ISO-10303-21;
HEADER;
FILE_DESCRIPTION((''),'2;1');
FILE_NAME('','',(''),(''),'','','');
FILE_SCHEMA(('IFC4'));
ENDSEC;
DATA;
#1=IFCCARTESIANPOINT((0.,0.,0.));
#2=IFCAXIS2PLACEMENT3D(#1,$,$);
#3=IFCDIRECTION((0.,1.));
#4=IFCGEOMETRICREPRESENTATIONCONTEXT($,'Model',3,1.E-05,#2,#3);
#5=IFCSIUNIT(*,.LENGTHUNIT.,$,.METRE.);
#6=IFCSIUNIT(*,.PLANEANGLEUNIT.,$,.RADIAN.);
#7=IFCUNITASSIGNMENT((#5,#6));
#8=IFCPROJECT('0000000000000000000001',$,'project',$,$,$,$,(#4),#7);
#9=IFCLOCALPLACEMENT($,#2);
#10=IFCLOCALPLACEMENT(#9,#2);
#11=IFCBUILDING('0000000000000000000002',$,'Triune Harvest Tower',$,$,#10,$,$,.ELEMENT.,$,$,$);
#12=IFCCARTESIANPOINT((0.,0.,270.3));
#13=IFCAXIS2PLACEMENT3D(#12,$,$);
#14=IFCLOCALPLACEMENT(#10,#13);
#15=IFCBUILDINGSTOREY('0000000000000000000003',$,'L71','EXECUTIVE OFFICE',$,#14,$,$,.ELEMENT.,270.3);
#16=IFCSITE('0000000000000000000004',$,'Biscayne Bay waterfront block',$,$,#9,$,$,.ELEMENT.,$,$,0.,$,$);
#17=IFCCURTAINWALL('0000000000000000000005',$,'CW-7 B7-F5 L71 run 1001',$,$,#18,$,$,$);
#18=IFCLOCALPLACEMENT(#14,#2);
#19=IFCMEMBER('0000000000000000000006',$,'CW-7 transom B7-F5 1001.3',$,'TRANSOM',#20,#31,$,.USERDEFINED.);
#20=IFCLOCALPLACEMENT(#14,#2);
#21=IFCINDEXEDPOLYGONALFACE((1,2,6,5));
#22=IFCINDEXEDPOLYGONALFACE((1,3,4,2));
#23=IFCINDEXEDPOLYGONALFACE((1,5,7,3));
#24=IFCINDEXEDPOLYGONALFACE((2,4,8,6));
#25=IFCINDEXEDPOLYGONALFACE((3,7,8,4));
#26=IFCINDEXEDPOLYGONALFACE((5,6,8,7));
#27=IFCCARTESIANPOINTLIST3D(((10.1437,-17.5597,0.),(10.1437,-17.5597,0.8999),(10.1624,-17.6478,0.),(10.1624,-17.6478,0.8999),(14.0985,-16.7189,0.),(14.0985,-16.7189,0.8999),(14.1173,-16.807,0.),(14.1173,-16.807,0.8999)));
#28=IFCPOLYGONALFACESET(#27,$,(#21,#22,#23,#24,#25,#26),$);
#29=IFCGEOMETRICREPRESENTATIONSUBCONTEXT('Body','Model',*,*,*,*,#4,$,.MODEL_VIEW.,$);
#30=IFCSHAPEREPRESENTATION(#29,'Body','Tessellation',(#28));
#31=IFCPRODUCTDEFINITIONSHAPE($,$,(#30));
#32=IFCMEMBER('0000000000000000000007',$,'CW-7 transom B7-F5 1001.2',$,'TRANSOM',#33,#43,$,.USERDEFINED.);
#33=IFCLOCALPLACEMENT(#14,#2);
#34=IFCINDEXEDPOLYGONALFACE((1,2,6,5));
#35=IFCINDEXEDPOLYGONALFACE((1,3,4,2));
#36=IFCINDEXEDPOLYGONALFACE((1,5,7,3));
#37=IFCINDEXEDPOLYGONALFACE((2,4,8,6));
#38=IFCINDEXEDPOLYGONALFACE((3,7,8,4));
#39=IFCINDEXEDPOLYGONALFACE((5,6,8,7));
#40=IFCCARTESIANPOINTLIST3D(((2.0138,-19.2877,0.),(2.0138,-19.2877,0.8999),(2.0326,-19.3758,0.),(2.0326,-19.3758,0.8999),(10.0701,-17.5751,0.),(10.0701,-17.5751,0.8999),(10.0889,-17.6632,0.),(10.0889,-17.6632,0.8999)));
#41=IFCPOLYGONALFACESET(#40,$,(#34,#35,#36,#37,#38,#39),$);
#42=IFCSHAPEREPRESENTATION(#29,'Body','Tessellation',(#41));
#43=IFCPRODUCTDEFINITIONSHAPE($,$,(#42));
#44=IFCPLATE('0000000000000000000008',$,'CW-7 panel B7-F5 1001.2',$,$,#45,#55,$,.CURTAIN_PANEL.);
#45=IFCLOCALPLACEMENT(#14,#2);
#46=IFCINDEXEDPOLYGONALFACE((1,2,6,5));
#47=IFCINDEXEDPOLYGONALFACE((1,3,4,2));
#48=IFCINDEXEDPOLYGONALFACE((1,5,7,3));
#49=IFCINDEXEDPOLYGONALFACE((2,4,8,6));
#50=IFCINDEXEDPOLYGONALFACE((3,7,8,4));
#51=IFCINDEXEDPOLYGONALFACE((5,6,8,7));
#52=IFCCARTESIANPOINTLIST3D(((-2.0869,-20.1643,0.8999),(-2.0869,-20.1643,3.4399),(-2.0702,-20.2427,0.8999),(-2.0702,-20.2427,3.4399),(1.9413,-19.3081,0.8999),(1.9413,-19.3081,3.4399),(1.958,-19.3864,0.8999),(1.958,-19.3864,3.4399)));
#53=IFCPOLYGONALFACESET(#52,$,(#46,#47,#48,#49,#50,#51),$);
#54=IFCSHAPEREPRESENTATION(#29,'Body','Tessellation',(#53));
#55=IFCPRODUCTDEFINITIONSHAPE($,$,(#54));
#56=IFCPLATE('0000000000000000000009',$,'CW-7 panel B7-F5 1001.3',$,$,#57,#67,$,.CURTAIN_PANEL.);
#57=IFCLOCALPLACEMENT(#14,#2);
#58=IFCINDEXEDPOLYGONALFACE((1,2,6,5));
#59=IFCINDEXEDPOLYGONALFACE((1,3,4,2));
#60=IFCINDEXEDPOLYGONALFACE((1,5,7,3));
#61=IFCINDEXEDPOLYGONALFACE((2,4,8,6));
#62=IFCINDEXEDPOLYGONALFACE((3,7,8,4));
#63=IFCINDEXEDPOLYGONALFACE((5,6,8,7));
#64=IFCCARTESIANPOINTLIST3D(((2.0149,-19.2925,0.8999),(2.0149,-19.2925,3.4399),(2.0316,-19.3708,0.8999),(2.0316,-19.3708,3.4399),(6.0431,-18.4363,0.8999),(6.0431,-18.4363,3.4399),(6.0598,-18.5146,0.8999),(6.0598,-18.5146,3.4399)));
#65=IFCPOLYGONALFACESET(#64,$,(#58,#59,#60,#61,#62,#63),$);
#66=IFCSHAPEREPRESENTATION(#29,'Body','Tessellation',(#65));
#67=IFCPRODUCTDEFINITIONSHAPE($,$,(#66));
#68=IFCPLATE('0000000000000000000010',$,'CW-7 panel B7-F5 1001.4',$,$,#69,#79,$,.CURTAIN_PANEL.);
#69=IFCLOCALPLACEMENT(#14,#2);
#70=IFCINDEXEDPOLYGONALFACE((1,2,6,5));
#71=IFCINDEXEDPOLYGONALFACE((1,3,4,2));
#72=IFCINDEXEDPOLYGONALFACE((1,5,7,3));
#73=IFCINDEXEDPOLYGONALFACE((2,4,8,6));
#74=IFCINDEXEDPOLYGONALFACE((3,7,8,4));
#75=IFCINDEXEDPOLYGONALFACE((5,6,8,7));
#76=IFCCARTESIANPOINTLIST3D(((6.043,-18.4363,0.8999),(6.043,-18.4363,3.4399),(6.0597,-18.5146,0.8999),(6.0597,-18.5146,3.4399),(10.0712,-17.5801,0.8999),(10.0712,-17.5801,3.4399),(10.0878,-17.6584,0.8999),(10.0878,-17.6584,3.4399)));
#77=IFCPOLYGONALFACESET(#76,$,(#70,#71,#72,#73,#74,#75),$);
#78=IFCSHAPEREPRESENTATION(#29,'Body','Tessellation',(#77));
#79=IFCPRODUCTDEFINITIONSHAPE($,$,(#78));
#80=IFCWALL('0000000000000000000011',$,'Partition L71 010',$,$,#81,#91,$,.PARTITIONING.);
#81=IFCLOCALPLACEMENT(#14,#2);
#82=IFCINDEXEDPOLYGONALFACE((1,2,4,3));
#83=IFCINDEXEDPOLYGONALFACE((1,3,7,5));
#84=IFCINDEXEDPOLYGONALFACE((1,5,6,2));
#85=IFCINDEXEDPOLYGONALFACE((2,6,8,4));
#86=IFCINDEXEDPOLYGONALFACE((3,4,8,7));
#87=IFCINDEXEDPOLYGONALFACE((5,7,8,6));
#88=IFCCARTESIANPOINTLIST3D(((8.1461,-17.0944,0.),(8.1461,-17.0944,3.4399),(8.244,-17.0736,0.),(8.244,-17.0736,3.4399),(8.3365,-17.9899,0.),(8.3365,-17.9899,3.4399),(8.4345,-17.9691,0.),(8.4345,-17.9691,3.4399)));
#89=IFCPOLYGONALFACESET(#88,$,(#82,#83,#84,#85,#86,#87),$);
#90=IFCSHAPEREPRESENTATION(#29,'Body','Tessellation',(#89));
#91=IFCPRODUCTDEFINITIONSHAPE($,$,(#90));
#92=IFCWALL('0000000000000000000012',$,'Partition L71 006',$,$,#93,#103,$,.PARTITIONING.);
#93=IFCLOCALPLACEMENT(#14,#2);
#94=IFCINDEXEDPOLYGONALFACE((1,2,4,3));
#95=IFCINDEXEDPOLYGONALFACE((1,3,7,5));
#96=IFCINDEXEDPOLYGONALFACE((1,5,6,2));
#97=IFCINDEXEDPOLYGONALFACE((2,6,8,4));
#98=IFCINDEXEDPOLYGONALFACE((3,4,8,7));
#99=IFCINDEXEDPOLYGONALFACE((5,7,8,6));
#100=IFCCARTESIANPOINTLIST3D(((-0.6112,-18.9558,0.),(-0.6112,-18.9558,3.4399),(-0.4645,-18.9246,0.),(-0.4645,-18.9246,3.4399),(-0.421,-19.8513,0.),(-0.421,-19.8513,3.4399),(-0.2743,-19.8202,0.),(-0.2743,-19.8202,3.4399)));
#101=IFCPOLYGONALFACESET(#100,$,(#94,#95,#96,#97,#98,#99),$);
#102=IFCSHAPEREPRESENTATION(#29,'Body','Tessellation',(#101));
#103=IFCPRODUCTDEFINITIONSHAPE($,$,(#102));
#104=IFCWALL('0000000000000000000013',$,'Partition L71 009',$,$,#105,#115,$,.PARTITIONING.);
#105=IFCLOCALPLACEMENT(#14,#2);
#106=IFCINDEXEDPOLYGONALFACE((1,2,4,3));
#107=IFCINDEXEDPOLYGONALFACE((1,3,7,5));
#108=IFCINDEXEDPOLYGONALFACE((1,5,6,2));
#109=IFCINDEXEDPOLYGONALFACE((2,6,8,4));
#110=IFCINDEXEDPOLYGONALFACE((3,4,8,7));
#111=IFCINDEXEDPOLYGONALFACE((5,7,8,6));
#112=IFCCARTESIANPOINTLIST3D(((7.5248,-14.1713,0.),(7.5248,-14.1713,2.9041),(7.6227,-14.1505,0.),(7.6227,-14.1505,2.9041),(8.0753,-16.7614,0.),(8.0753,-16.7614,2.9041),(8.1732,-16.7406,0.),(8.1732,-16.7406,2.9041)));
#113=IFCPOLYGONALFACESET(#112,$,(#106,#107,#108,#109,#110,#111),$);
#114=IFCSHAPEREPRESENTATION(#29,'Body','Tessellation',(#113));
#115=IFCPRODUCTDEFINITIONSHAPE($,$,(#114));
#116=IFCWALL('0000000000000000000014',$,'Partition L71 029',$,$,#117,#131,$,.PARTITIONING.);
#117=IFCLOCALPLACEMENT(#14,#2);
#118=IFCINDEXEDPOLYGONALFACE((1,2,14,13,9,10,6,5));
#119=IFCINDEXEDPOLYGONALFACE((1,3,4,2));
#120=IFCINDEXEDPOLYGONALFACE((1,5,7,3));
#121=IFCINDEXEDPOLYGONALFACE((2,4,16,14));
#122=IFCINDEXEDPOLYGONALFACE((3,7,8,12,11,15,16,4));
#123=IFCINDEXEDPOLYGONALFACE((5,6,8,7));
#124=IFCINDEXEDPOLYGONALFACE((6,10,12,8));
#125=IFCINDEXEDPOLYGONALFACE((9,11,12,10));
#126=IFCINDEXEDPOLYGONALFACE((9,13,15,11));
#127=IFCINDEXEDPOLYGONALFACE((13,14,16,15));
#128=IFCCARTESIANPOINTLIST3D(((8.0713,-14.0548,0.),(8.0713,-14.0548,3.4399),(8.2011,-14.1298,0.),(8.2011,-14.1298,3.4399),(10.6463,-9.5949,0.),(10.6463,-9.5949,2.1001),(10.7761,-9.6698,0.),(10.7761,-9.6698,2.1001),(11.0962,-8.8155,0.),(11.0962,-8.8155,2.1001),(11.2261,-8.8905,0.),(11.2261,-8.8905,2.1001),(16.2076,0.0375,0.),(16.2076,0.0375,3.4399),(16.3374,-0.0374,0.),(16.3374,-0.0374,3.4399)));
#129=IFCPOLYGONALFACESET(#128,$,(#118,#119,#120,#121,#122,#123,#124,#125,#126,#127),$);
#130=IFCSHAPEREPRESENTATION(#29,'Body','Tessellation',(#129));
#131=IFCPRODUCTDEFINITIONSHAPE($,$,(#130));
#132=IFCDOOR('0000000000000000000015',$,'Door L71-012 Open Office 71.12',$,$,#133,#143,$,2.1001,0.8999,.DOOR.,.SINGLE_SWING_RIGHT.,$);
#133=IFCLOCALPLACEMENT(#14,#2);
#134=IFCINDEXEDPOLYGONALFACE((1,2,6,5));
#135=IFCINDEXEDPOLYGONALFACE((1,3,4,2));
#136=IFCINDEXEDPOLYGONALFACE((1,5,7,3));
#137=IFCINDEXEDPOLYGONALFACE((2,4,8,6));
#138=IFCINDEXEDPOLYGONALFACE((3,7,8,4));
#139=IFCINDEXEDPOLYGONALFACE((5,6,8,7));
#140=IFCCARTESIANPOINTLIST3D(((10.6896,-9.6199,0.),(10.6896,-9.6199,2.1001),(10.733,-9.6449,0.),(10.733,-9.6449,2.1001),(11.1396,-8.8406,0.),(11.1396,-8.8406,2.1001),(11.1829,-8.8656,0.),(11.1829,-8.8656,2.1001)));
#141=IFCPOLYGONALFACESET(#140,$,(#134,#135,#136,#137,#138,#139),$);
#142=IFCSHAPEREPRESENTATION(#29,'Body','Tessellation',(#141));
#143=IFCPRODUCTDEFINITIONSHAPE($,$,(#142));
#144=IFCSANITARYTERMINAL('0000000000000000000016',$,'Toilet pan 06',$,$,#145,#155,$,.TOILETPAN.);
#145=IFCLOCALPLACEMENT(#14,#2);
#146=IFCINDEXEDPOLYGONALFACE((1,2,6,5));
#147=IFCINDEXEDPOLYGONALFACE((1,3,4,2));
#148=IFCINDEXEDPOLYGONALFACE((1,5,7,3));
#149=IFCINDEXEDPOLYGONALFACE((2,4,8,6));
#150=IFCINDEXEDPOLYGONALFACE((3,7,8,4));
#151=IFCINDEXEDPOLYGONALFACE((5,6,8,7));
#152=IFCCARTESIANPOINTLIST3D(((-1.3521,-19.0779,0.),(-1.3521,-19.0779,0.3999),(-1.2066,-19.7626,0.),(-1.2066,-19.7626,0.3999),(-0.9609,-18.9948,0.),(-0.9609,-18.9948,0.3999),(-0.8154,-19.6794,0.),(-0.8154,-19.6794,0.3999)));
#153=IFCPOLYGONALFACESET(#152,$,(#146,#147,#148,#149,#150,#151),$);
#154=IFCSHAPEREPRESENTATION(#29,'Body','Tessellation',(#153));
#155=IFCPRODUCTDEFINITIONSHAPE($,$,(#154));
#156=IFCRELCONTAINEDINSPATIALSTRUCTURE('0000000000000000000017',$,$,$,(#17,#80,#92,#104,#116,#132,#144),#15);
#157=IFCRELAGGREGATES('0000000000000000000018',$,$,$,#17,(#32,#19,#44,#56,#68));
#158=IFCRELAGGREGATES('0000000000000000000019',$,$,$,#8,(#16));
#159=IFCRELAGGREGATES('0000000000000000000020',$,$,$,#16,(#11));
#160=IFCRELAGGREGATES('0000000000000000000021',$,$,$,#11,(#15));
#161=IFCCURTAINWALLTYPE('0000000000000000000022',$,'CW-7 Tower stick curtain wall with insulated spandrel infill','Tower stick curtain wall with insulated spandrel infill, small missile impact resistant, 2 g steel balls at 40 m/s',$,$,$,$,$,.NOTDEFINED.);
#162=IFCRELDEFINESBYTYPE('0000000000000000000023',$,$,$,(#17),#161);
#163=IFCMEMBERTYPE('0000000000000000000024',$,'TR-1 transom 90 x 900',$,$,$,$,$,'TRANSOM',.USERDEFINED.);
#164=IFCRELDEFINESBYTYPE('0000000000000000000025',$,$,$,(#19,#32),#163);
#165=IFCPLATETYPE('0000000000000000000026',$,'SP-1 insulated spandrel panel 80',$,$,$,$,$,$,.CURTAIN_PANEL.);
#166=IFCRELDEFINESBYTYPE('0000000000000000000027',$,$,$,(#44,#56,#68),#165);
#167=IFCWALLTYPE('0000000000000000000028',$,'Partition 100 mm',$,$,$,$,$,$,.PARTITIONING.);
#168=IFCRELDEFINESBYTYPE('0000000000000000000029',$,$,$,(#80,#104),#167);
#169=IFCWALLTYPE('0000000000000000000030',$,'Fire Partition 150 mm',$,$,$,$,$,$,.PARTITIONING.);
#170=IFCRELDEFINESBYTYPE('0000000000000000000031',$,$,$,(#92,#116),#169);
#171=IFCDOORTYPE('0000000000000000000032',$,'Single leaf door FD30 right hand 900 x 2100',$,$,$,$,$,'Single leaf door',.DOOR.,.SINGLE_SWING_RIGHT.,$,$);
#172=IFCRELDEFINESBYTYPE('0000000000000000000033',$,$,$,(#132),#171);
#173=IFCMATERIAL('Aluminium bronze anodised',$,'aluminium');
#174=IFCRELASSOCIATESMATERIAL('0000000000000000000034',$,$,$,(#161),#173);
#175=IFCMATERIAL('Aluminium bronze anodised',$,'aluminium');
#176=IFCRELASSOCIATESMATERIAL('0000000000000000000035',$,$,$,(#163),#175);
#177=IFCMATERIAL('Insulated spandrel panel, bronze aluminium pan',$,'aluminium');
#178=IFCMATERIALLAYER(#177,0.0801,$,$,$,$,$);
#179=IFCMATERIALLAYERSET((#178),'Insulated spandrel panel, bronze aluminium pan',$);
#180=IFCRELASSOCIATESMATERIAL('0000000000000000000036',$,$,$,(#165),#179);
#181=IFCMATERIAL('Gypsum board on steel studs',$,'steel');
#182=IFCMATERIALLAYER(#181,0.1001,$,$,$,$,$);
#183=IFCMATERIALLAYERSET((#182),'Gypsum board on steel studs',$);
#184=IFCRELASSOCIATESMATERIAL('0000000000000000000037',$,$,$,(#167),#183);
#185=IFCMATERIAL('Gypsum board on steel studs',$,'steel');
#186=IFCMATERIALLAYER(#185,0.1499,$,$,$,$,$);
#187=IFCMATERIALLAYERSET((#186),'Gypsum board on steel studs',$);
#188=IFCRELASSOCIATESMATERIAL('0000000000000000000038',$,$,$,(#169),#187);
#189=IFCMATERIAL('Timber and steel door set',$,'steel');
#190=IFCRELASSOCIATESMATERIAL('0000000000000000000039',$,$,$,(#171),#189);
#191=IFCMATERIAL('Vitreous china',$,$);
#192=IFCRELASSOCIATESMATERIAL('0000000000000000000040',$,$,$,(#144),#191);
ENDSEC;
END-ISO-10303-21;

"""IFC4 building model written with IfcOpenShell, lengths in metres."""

from ifc_helpers import new_model, si_unit, direction, frame, frame_2d, origin, origin_2d, place, context, subcontext, project, spatial, rectangle, extrude, source, transform, mapped, material, layer, layer_set, material_profile, profile_set, type_object, element, fill, aggregate, save


model = new_model("IFC4")

# Units and contexts
model_context = context("Model", 3, precision=1e-05, world=origin(), true_north=direction((0.0, 1.0)))
body_context = subcontext(model_context, "Body", "Model", "MODEL_VIEW")
ifc_project = project(units=[si_unit("LENGTHUNIT", "METRE"), si_unit("PLANEANGLEUNIT", "RADIAN")], contexts=[model_context])

# Site, building, storey
site_placement = place(None, origin())
site = spatial("IfcSite", under=ifc_project, at=site_placement, Name="Biscayne Bay waterfront block", CompositionType="ELEMENT", RefElevation=0.0)
building_placement = place(site_placement, origin())
building = spatial("IfcBuilding", under=site, at=building_placement, Name="Triune Harvest Tower", CompositionType="ELEMENT")
storey_placement = place(building_placement, frame((0.0, 0.0, 270.3)))
storey = spatial("IfcBuildingStorey", under=building, at=storey_placement, Name="L71", Description="EXECUTIVE OFFICE", CompositionType="ELEMENT", Elevation=270.3)

# Curtain wall, members, plates
ifc_material_1 = material(Name="Aluminium bronze anodised", Category="aluminium")
curtain_wall_type = type_object("IfcCurtainWallType", Name="CW-7 Tower stick curtain wall with insulated spandrel infill", Description="Tower stick curtain wall with insulated spandrel infill, small missile impact resistant, 2 g steel balls at 40 m/s", PredefinedType="NOTDEFINED", material=ifc_material_1)
curtain_wall_placement = place(storey_placement, origin())
curtain_wall = element("IfcCurtainWall", 1, at=curtain_wall_placement, inside=storey, type_object=curtain_wall_type, Name="CW-7 B7-F5 L71 run 1001")
ifc_material_2 = material(Name="Aluminium bronze anodised", Category="aluminium")
ifc_material_profile_1 = material_profile(ifc_material_2, rectangle(XDim=0.0901, YDim=0.8999, at=origin_2d()), Name="TR-1 transom 90 x 900")
ifc_profile_set_1 = profile_set([ifc_material_profile_1], Name="Aluminium bronze anodised")
member_type_1 = type_object("IfcMemberType", Name="TR-1 transom 90 x 900", ElementType="TRANSOM", PredefinedType="USERDEFINED", material=ifc_profile_set_1)
shared_shape_1 = source(origin(), body_context, "Body", "SweptSolid", [
    extrude(rectangle(XDim=0.0901, YDim=0.8999, at=origin_2d()), origin(), (0.0, 0.0, 1.0), 4.0432),
])
member_1_placement = place(storey_placement, frame((10.1531, -17.6038, 0.45), z_axis=(0.978138, 0.207958, 0.0), x_axis=(-0.207958, 0.978138, 0.0)))
member_1 = element("IfcMember", 2, at=member_1_placement, type_object=member_type_1, Name="CW-7 transom B7-F5 1001.3", ObjectType="TRANSOM", PredefinedType="USERDEFINED", context=body_context, shape_type="MappedRepresentation", body=[
    mapped(shared_shape_1, transform((0.0, 0.0, 0.0), scale=1.0)),
])
shared_shape_2 = source(origin(), body_context, "Body", "SweptSolid", [
    extrude(rectangle(XDim=0.0901, YDim=0.8999, at=origin_2d()), origin(), (0.0, 0.0, 1.0), 8.2363),
])
member_2_placement = place(storey_placement, frame((2.0232, -19.3318, 0.45), z_axis=(0.978143, 0.207936, 0.0), x_axis=(-0.207936, 0.978143, 0.0)))
member_2 = element("IfcMember", 3, at=member_2_placement, type_object=member_type_1, Name="CW-7 transom B7-F5 1001.2", ObjectType="TRANSOM", PredefinedType="USERDEFINED", context=body_context, shape_type="MappedRepresentation", body=[
    mapped(shared_shape_2, transform((0.0, 0.0, 0.0), scale=1.0)),
])
ifc_material_3 = material(Name="Insulated spandrel panel, bronze aluminium pan", Category="aluminium")
ifc_layer_1 = layer(ifc_material_3, 0.0801)
ifc_layer_set_1 = layer_set([ifc_layer_1], Name="Insulated spandrel panel, bronze aluminium pan")
plate_type = type_object("IfcPlateType", Name="SP-1 insulated spandrel panel 80", PredefinedType="CURTAIN_PANEL", material=ifc_layer_set_1)
shared_shape_3 = source(origin(), body_context, "Body", "SweptSolid", [
    extrude(rectangle(XDim=4.1182, YDim=0.0801, at=origin_2d()), origin(), (0.0, 0.0, 1.0), 2.54),
])
plate_1_placement = place(storey_placement, frame((-0.0645, -19.7754, 0.8999), z_axis=(0.0, 0.0, 1.0), x_axis=(0.978147, 0.207913, 0.0)))
plate_1 = element("IfcPlate", 4, at=plate_1_placement, type_object=plate_type, Name="CW-7 panel B7-F5 1001.2", PredefinedType="CURTAIN_PANEL", context=body_context, shape_type="MappedRepresentation", body=[
    mapped(shared_shape_3, transform((0.0, 0.0, 0.0), scale=1.0)),
])
plate_2_placement = place(storey_placement, frame((4.0374, -18.9036, 0.8999), z_axis=(0.0, 0.0, 1.0), x_axis=(0.978147, 0.207913, 0.0)))
plate_2 = element("IfcPlate", 5, at=plate_2_placement, type_object=plate_type, Name="CW-7 panel B7-F5 1001.3", PredefinedType="CURTAIN_PANEL", context=body_context, shape_type="MappedRepresentation", body=[
    mapped(shared_shape_3, transform((0.0, 0.0, 0.0), scale=1.0)),
])
plate_3_placement = place(storey_placement, frame((8.0654, -18.0474, 0.8999), z_axis=(0.0, 0.0, 1.0), x_axis=(0.978147, 0.207913, 0.0)))
plate_3 = element("IfcPlate", 6, at=plate_3_placement, type_object=plate_type, Name="CW-7 panel B7-F5 1001.4", PredefinedType="CURTAIN_PANEL", context=body_context, shape_type="MappedRepresentation", body=[
    mapped(shared_shape_3, transform((0.0, 0.0, 0.0), scale=1.0)),
])
aggregate(curtain_wall, [member_2, member_1, plate_1, plate_2, plate_3])

# Walls
ifc_material_4 = material(Name="Gypsum board on steel studs", Category="steel")
ifc_layer_2 = layer(ifc_material_4, 0.1001)
ifc_layer_set_2 = layer_set([ifc_layer_2], Name="Gypsum board on steel studs")
wall_type_1 = type_object("IfcWallType", Name="Partition 100 mm", PredefinedType="PARTITIONING", material=ifc_layer_set_2)
shared_shape_4 = source(origin(), body_context, "Body", "SweptSolid", [
    extrude(rectangle(XDim=0.9155, YDim=0.1001, at=frame_2d((0.4578, 0.0))), origin(), (0.0, 0.0, 1.0), 3.4399),
])
wall_1_placement = place(storey_placement, frame((8.1951, -17.084, 0.0), z_axis=(0.0, 0.0, 1.0), x_axis=(0.207999, -0.978129, 0.0)))
element("IfcWall", 7, at=wall_1_placement, inside=storey, type_object=wall_type_1, Name="Partition L71 010", PredefinedType="PARTITIONING", context=body_context, shape_type="MappedRepresentation", body=[
    mapped(shared_shape_4, transform((0.0, 0.0, 0.0), scale=1.0)),
])
ifc_material_5 = material(Name="Gypsum board on steel studs", Category="steel")
ifc_layer_3 = layer(ifc_material_5, 0.1499)
ifc_layer_set_3 = layer_set([ifc_layer_3], Name="Gypsum board on steel studs")
wall_type_2 = type_object("IfcWallType", Name="Fire Partition 150 mm", PredefinedType="PARTITIONING", material=ifc_layer_set_3)
shared_shape_5 = source(origin(), body_context, "Body", "SweptSolid", [
    extrude(rectangle(XDim=0.9155, YDim=0.1499, at=frame_2d((0.4578, 0.0))), origin(), (0.0, 0.0, 1.0), 3.4399),
])
wall_2_placement = place(storey_placement, frame((-0.5378, -18.9402, 0.0), z_axis=(0.0, 0.0, 1.0), x_axis=(0.207744, -0.978183, 0.0)))
element("IfcWall", 8, at=wall_2_placement, inside=storey, type_object=wall_type_2, Name="Partition L71 006", PredefinedType="PARTITIONING", context=body_context, shape_type="MappedRepresentation", body=[
    mapped(shared_shape_5, transform((0.0, 0.0, 0.0), scale=1.0)),
])
shared_shape_6 = source(origin(), body_context, "Body", "SweptSolid", [
    extrude(rectangle(XDim=2.6479, YDim=0.1001, at=frame_2d((1.324, 0.0))), origin(), (0.0, 0.0, 1.0), 2.9041),
])
wall_3_placement = place(storey_placement, frame((7.5737, -14.1609, 0.0), z_axis=(0.0, 0.0, 1.0), x_axis=(0.207911, -0.978148, 0.0)))
element("IfcWall", 9, at=wall_3_placement, inside=storey, type_object=wall_type_1, Name="Partition L71 009", PredefinedType="PARTITIONING", context=body_context, shape_type="MappedRepresentation", body=[
    mapped(shared_shape_6, transform((0.0, 0.0, 0.0), scale=1.0)),
])

# Wall, opening, door
shared_shape_7 = source(origin(), body_context, "Body", "SweptSolid", [
    extrude(rectangle(XDim=16.2725, YDim=0.1499, at=frame_2d((8.1362, 0.0))), origin(), (0.0, 0.0, 1.0), 3.4399),
])
wall_4_placement = place(storey_placement, frame((8.1362, -14.0923, 0.0), z_axis=(0.0, 0.0, 1.0), x_axis=(0.500002, 0.866024, 0.0)))
wall_4 = element("IfcWall", 10, at=wall_4_placement, inside=storey, type_object=wall_type_2, Name="Partition L71 029", PredefinedType="PARTITIONING", context=body_context, shape_type="MappedRepresentation", body=[
    mapped(shared_shape_7, transform((0.0, 0.0, 0.0), scale=1.0)),
])
opening_placement = place(wall_4_placement, frame((5.1499, 0.0, 0.0)))
opening = element("IfcOpeningElement", 11, at=opening_placement, cuts=wall_4, PredefinedType="OPENING", context=body_context, shape_type="SweptSolid", body=[
    extrude(rectangle(XDim=0.8999, YDim=2.1001, at=frame_2d((0.45, 1.05))), frame((0.0, 0.085, 0.0), z_axis=(0.0, -1.0, 0.0), x_axis=(1.0, 0.0, 0.0)), (0.0, 0.0, 1.0), 0.1699),
])
ifc_material_6 = material(Name="Timber and steel door set", Category="steel")
door_type = type_object("IfcDoorType", Name="Single leaf door FD30 right hand 900 x 2100", ElementType="Single leaf door", OperationType="SINGLE_SWING_RIGHT", PredefinedType="DOOR", material=ifc_material_6)
door_placement = place(opening_placement, origin())
door = element("IfcDoor", 12, at=door_placement, inside=storey, type_object=door_type, Name="Door L71-012 Open Office 71.12", OperationType="SINGLE_SWING_RIGHT", OverallHeight=2.1001, OverallWidth=0.8999, PredefinedType="DOOR", context=body_context, shape_type="SweptSolid", body=[
    extrude(rectangle(XDim=0.8999, YDim=2.1001, at=frame_2d((0.45, 1.05))), frame((0.0, 0.0249, 0.0), z_axis=(0.0, -1.0, 0.0), x_axis=(1.0, 0.0, 0.0)), (0.0, 0.0, 1.0), 0.05),
])
fill(opening, door)

# Sanitary terminal
ifc_material_7 = material(Name="Vitreous china")
shared_shape_8 = source(origin(), body_context, "Body", "SweptSolid", [
    extrude(rectangle(XDim=0.3999, YDim=0.7, at=origin_2d()), origin(), (0.0, 0.0, 1.0), 0.3999),
])
sanitary_terminal_placement = place(storey_placement, frame((-1.0837, -19.3787, 0.0), z_axis=(0.0, 0.0, 1.0), x_axis=(-0.978155, -0.207878, 0.0)))
element("IfcSanitaryTerminal", 13, at=sanitary_terminal_placement, inside=storey, material=ifc_material_7, Name="Toilet pan 06", PredefinedType="TOILETPAN", context=body_context, shape_type="MappedRepresentation", body=[
    mapped(shared_shape_8, transform((0.0, 0.0, 0.0), scale=1.0)),
])

save(model, "model.ifc")
